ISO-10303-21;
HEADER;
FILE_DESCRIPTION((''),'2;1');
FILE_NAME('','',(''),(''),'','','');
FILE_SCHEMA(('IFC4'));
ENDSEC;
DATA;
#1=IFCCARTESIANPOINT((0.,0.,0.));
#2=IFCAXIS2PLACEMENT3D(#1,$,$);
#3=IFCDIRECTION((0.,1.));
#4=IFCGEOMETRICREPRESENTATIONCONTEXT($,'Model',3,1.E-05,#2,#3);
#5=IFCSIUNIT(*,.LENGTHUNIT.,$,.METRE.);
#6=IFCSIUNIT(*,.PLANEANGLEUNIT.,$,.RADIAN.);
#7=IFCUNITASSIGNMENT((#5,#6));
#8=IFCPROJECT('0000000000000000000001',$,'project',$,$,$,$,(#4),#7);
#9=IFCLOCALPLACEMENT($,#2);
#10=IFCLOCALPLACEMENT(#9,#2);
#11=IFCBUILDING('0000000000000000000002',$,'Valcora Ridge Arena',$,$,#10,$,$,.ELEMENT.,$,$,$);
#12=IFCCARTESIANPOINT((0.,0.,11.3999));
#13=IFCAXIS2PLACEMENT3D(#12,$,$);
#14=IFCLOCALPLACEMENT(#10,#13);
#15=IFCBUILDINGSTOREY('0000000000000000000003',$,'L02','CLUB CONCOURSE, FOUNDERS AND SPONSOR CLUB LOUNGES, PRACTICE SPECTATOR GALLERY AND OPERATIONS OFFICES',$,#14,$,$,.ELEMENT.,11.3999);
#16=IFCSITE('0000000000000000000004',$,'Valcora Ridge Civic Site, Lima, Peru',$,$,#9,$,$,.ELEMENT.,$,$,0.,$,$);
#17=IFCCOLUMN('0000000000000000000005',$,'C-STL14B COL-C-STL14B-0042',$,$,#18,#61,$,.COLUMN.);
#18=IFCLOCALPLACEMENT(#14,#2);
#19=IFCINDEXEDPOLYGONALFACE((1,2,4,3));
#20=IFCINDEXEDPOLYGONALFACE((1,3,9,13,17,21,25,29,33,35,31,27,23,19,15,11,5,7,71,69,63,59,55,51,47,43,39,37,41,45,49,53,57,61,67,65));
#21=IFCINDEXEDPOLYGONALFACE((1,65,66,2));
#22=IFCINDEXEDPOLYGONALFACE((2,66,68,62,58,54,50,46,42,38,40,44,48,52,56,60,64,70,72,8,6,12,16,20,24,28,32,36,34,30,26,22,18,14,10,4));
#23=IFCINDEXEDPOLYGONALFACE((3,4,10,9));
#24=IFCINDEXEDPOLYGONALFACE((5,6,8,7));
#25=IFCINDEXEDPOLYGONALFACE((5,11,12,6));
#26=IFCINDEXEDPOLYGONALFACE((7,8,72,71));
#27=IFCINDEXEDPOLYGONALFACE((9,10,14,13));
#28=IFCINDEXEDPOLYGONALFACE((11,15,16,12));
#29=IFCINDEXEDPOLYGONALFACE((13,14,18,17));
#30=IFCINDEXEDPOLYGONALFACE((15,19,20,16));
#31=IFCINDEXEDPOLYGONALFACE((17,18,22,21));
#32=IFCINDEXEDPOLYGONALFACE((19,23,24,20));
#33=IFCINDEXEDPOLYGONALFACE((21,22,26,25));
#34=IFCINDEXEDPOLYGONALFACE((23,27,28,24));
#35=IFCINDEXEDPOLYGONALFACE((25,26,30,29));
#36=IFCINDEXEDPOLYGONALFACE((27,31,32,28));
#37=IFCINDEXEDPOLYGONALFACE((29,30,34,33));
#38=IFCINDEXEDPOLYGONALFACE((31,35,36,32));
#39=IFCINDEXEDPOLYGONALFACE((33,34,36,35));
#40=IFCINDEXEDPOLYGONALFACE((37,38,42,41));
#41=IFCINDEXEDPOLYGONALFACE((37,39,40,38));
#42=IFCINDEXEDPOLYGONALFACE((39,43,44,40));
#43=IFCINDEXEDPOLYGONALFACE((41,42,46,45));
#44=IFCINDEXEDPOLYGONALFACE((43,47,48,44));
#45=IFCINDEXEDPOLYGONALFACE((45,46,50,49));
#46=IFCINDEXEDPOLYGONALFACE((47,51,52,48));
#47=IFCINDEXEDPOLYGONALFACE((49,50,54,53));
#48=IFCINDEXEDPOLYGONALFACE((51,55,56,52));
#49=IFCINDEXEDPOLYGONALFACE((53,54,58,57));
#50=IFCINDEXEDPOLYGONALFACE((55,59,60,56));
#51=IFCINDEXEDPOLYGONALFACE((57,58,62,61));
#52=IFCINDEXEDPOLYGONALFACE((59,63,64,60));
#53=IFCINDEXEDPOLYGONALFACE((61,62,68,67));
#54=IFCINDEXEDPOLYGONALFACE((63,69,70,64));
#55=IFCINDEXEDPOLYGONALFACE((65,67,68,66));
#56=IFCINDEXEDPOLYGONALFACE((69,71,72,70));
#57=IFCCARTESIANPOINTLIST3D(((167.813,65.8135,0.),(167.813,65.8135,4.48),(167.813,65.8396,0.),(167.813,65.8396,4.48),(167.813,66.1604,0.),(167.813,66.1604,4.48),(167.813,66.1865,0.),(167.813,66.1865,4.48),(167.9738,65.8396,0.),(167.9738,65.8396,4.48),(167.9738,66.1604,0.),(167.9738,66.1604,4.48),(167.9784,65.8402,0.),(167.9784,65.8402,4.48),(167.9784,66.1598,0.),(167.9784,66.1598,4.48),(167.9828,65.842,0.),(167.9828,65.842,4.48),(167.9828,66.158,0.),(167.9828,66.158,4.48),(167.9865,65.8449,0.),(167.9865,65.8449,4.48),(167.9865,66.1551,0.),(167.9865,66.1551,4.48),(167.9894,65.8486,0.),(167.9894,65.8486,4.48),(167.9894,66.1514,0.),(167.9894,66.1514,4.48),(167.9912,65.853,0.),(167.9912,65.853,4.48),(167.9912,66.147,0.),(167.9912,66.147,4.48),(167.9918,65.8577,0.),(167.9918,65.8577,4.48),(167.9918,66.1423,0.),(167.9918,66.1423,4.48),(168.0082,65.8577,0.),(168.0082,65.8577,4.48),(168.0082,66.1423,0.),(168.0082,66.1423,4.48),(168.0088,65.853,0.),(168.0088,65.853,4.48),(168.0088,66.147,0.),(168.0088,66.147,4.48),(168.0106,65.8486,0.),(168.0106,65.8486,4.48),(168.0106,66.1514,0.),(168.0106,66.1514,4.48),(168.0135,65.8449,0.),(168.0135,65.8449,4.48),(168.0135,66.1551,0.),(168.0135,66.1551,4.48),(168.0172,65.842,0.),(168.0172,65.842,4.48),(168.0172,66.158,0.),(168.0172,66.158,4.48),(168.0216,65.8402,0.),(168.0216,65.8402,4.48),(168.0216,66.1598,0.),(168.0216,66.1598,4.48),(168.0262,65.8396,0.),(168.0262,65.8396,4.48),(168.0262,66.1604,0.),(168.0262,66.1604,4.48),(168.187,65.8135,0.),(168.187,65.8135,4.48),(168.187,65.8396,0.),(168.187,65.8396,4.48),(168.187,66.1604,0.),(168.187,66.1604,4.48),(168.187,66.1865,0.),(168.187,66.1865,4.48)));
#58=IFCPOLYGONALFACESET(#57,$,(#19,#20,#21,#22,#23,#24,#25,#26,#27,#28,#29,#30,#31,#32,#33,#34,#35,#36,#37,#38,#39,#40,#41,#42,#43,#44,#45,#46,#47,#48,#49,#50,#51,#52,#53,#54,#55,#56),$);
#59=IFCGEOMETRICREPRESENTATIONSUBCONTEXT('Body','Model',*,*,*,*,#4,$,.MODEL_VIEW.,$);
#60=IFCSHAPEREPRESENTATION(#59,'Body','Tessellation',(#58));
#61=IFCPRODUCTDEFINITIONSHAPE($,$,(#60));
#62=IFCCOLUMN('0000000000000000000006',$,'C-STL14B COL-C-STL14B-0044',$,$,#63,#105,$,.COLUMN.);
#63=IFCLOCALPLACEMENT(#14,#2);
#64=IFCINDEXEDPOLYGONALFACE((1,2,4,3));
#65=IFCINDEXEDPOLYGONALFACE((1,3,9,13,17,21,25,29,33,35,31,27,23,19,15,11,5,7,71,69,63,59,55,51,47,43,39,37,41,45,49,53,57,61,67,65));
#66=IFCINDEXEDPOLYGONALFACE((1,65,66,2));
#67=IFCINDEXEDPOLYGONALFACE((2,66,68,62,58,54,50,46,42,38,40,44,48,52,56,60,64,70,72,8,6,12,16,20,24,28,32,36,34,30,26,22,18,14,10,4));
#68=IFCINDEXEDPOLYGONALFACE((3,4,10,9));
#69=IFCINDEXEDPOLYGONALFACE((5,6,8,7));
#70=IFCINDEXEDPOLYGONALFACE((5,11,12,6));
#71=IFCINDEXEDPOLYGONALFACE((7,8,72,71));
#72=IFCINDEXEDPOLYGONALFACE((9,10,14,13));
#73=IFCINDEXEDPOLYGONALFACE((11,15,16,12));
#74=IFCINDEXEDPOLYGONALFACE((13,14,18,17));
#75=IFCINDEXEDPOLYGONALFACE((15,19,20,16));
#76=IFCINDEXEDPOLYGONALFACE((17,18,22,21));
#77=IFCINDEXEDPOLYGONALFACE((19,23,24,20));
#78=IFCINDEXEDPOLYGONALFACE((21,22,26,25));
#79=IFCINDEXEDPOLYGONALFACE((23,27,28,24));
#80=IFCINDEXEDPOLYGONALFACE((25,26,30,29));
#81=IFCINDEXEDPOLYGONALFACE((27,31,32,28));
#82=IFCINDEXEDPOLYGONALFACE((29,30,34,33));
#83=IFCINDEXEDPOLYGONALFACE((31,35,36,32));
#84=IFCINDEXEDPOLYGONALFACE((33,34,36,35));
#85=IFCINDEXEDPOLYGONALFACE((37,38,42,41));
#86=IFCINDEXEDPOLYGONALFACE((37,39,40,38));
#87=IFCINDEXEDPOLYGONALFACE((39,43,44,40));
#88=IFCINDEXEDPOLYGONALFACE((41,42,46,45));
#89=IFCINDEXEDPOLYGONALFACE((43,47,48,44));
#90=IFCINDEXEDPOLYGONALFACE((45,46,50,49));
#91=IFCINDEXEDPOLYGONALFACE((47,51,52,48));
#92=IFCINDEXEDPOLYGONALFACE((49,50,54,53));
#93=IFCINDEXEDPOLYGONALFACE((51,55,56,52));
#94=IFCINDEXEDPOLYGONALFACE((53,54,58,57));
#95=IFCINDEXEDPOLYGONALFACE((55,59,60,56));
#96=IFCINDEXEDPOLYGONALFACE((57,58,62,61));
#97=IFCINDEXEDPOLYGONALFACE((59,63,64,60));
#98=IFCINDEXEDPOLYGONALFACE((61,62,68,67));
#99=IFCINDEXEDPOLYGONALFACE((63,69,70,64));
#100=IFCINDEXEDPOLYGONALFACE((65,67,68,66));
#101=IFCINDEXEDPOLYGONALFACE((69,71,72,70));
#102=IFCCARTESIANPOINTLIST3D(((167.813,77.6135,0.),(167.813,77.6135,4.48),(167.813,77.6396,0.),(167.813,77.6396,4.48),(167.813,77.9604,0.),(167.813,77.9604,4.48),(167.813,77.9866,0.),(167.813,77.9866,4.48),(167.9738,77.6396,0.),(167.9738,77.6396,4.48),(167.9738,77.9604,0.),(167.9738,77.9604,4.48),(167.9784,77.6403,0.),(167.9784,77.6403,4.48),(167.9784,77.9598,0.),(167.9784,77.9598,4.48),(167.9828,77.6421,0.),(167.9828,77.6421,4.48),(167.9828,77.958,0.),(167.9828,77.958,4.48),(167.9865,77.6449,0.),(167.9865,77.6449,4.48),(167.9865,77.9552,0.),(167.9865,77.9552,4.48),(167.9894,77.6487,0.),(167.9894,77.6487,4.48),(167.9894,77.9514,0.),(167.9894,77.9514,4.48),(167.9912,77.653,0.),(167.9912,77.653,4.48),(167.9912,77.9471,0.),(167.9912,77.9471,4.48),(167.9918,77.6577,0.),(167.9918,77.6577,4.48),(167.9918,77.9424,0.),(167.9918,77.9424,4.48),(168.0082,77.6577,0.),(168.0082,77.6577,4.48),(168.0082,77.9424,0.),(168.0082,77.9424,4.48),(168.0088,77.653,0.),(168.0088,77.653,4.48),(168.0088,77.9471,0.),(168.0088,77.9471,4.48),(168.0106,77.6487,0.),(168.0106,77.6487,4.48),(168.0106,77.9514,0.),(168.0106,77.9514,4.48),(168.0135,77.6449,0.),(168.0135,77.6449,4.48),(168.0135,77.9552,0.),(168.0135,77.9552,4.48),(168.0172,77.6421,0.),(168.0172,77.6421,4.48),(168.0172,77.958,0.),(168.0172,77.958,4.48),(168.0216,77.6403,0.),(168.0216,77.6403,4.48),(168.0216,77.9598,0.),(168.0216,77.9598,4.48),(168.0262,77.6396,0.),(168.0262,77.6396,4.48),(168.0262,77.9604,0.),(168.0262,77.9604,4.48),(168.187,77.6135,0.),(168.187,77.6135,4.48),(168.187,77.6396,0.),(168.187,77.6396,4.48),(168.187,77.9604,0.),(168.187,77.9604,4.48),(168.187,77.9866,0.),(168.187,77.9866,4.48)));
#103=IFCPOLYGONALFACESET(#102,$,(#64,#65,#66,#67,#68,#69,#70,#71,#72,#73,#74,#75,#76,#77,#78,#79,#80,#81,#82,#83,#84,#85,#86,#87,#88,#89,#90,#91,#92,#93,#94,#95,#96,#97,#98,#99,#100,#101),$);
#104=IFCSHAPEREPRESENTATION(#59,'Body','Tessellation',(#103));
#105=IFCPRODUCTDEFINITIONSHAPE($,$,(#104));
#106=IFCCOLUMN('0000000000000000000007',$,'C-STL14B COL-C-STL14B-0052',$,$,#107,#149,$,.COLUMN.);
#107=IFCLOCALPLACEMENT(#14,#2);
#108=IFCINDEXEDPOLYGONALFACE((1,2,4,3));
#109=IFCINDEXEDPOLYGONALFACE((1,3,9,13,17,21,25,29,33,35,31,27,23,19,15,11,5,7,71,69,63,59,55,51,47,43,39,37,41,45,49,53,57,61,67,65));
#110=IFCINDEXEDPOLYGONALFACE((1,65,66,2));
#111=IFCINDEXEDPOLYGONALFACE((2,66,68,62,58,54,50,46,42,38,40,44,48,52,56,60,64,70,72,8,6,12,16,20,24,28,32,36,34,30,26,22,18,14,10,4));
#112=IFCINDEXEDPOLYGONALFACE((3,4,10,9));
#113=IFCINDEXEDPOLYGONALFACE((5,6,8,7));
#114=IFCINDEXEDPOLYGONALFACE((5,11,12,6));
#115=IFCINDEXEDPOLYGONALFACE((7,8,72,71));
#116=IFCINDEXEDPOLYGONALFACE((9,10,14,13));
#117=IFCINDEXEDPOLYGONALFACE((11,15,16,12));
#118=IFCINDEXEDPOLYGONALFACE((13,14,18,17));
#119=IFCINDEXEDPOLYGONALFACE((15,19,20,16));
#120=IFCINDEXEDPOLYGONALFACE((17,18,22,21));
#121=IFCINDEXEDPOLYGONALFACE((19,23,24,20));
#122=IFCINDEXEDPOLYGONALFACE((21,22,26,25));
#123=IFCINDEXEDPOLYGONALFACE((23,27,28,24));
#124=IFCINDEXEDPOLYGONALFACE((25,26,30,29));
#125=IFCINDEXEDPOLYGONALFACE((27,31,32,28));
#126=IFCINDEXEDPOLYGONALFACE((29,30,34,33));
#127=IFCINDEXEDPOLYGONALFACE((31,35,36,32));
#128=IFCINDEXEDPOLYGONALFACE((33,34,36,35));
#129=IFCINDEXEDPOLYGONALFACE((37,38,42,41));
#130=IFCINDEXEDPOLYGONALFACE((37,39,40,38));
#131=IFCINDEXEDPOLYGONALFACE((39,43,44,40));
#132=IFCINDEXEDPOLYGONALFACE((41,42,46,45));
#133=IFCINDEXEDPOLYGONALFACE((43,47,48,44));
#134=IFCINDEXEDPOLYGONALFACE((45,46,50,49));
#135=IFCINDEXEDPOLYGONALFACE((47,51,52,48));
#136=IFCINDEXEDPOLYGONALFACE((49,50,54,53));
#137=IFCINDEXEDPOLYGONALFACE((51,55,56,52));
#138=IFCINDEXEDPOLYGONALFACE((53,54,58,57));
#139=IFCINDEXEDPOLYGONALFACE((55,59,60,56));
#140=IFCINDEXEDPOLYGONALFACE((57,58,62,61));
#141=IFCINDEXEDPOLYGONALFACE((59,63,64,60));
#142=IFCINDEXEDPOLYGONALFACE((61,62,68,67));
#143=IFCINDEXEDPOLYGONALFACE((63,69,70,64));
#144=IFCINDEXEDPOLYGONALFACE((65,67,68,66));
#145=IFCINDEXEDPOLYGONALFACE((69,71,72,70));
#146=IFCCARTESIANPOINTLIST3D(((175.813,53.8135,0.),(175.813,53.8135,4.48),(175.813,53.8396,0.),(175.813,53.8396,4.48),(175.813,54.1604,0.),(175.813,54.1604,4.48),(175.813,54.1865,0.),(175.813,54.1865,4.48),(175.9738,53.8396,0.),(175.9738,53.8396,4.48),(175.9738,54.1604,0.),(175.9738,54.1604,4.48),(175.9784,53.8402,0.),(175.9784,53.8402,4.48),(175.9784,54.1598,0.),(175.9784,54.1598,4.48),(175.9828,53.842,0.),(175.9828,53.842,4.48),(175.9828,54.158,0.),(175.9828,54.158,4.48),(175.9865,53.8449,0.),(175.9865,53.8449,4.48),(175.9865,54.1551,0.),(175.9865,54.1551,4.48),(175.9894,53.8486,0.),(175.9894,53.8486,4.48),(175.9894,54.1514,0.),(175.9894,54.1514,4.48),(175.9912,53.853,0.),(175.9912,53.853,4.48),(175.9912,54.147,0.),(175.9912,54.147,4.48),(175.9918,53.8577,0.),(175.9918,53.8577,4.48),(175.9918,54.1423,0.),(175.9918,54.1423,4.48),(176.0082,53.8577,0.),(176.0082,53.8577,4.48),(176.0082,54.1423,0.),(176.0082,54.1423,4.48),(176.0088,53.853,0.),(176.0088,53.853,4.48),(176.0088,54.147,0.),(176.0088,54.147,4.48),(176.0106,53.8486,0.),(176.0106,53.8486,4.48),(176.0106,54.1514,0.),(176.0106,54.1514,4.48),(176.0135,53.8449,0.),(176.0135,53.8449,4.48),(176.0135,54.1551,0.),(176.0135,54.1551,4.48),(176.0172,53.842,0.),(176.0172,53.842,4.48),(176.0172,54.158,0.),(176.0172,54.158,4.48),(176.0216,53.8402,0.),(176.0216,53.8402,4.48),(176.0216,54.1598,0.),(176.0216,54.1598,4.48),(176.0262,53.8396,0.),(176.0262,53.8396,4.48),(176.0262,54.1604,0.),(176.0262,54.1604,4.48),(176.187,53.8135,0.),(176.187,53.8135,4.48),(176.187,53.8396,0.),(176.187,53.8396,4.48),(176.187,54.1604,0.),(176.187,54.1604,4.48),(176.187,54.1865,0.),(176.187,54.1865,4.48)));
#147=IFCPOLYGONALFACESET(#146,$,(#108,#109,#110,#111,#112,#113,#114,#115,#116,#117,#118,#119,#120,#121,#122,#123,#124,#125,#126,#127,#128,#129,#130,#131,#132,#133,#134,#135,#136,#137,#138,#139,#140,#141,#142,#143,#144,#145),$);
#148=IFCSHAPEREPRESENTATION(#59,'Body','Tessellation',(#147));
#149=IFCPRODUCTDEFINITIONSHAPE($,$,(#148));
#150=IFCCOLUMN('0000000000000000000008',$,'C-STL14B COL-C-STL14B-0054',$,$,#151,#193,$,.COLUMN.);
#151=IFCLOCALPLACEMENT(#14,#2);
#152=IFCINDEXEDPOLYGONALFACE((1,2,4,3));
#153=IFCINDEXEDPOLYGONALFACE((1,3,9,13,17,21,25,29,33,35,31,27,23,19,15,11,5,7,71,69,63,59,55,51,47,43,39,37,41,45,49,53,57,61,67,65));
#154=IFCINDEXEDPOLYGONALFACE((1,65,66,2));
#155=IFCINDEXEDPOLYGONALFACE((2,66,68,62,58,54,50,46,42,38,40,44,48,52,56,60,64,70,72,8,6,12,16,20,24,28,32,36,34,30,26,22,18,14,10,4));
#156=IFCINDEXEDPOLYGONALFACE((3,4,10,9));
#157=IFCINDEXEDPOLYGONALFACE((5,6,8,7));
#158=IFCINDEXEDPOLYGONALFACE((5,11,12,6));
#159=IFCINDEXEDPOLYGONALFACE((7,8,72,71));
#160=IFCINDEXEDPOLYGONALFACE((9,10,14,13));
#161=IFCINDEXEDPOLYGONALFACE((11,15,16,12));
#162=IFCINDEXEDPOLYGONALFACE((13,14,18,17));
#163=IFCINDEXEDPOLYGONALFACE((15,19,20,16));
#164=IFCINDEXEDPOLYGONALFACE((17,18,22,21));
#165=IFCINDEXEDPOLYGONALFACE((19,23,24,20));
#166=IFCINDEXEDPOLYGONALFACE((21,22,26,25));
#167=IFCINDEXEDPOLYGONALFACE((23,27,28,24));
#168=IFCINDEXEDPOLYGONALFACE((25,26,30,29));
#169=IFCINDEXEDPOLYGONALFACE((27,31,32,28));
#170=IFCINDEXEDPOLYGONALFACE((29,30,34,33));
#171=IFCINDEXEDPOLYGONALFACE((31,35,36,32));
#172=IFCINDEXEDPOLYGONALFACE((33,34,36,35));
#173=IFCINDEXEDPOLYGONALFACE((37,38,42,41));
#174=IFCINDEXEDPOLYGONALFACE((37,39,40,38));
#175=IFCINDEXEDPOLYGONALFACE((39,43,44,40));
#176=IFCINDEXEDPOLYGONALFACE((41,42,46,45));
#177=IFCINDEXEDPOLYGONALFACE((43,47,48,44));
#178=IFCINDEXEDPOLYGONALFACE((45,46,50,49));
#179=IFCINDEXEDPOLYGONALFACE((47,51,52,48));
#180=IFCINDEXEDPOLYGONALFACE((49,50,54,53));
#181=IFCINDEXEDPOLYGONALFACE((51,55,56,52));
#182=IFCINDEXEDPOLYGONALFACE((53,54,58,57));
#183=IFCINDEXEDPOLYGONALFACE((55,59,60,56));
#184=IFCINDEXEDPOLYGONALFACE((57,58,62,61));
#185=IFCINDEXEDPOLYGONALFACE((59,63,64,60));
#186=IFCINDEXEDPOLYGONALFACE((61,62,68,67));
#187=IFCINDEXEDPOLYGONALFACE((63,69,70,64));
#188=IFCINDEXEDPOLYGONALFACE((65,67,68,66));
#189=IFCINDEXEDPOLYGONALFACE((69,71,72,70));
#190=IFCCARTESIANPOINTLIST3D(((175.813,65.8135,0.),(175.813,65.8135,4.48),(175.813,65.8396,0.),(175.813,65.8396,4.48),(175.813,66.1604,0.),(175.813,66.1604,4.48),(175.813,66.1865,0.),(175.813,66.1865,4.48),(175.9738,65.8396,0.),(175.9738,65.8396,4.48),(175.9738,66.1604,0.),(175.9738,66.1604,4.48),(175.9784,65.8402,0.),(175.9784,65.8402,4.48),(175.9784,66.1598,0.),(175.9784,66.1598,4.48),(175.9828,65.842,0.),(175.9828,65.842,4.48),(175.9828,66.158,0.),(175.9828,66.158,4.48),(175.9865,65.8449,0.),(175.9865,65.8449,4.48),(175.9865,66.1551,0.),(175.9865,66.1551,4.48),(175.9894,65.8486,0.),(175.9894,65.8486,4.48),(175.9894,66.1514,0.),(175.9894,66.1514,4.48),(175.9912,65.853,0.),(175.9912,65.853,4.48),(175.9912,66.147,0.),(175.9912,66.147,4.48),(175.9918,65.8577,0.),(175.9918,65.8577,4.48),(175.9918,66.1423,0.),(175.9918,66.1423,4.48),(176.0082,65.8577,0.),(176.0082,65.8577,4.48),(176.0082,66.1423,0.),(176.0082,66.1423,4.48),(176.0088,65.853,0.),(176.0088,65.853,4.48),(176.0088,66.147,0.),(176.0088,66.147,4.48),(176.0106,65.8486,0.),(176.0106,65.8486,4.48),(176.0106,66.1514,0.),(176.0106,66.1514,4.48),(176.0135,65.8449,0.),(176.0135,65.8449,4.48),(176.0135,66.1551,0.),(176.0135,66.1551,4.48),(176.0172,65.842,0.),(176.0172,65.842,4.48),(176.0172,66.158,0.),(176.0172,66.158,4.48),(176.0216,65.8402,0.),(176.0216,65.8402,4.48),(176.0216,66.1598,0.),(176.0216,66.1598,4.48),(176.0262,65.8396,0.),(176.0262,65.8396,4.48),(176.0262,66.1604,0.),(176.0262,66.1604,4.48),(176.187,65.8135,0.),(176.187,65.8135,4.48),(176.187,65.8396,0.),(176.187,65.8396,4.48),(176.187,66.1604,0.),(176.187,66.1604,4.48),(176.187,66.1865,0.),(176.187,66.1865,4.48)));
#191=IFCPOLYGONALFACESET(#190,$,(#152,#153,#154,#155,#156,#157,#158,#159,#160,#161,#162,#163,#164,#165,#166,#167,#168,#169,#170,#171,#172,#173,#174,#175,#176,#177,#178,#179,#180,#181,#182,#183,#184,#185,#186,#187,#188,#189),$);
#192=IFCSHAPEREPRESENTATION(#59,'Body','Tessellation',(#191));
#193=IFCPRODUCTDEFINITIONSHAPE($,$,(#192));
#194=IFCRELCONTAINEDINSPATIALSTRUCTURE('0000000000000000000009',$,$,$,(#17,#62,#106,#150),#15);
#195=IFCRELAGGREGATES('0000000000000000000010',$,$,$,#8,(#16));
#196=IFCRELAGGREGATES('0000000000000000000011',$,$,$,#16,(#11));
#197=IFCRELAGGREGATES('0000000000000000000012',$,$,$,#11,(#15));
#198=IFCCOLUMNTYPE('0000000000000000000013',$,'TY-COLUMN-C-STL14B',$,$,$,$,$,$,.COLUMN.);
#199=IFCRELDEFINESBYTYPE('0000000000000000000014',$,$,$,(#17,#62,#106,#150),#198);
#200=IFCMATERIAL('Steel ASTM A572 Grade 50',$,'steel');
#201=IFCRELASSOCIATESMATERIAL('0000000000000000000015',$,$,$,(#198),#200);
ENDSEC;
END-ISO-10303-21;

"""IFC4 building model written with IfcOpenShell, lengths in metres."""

from ifc_helpers import new_model, si_unit, direction, frame, origin, origin_2d, place, context, subcontext, project, spatial, i_section, extrude, material, material_profile, profile_set, type_object, element, save


model = new_model("IFC4")

# Units and contexts
model_context = context("Model", 3, precision=1e-05, world=origin(), true_north=direction((0.0, 1.0)))
body_context = subcontext(model_context, "Body", "Model", "MODEL_VIEW")
ifc_project = project(units=[si_unit("LENGTHUNIT", "METRE"), si_unit("PLANEANGLEUNIT", "RADIAN")], contexts=[model_context])

# Site, building, storey
site_placement = place(None, origin())
site = spatial("IfcSite", under=ifc_project, at=site_placement, Name="Valcora Ridge Civic Site, Lima, Peru", CompositionType="ELEMENT", RefElevation=0.0)
building_placement = place(site_placement, origin())
building = spatial("IfcBuilding", under=site, at=building_placement, Name="Valcora Ridge Arena", CompositionType="ELEMENT")
storey_placement = place(building_placement, frame((0.0, 0.0, 11.3999)))
storey = spatial("IfcBuildingStorey", under=building, at=storey_placement, Name="L02", Description="CLUB CONCOURSE, FOUNDERS AND SPONSOR CLUB LOUNGES, PRACTICE SPECTATOR GALLERY AND OPERATIONS OFFICES", CompositionType="ELEMENT", Elevation=11.3999)

# Columns
ifc_material_1 = material(Name="Steel ASTM A572 Grade 50", Category="steel")
ifc_material_profile_1 = material_profile(ifc_material_1, i_section(OverallWidth=0.374, OverallDepth=0.373, WebThickness=0.0164, FlangeThickness=0.0261, FilletRadius=0.0181, at=origin_2d()), Name="W14X132")
ifc_profile_set_1 = profile_set([ifc_material_profile_1], Name="Steel ASTM A572 Grade 50")
column_type = type_object("IfcColumnType", Name="TY-COLUMN-C-STL14B", PredefinedType="COLUMN", material=ifc_profile_set_1)
for number, where, z_axis, x_axis, name in (
    (1, (168.0, 66.0, 0.0), (0.0, 0.0, 1.0), (1.0, 0.0, 0.0), "C-STL14B COL-C-STL14B-0042"),
    (2, (168.0, 77.8, 0.0), (0.0, 0.0, 1.0), (1.0, 0.0, 0.0), "C-STL14B COL-C-STL14B-0044"),
    (3, (176.0, 54.0, 0.0), (0.0, 0.0, 1.0), (1.0, 0.0, 0.0), "C-STL14B COL-C-STL14B-0052"),
    (4, (176.0, 66.0, 0.0), (0.0, 0.0, 1.0), (1.0, 0.0, 0.0), "C-STL14B COL-C-STL14B-0054"),
):
    element("IfcColumn", number, at=place(storey_placement, frame(where, z_axis=z_axis, x_axis=x_axis)), inside=storey, type_object=column_type, Name=name, PredefinedType="COLUMN", context=body_context, shape_type="SweptSolid", body=[
        extrude(i_section(OverallWidth=0.374, OverallDepth=0.373, WebThickness=0.0164, FlangeThickness=0.0261, FilletRadius=0.0181, at=origin_2d()), origin(), (0.0, 0.0, 1.0), 4.48),
    ])

save(model, "model.ifc")
